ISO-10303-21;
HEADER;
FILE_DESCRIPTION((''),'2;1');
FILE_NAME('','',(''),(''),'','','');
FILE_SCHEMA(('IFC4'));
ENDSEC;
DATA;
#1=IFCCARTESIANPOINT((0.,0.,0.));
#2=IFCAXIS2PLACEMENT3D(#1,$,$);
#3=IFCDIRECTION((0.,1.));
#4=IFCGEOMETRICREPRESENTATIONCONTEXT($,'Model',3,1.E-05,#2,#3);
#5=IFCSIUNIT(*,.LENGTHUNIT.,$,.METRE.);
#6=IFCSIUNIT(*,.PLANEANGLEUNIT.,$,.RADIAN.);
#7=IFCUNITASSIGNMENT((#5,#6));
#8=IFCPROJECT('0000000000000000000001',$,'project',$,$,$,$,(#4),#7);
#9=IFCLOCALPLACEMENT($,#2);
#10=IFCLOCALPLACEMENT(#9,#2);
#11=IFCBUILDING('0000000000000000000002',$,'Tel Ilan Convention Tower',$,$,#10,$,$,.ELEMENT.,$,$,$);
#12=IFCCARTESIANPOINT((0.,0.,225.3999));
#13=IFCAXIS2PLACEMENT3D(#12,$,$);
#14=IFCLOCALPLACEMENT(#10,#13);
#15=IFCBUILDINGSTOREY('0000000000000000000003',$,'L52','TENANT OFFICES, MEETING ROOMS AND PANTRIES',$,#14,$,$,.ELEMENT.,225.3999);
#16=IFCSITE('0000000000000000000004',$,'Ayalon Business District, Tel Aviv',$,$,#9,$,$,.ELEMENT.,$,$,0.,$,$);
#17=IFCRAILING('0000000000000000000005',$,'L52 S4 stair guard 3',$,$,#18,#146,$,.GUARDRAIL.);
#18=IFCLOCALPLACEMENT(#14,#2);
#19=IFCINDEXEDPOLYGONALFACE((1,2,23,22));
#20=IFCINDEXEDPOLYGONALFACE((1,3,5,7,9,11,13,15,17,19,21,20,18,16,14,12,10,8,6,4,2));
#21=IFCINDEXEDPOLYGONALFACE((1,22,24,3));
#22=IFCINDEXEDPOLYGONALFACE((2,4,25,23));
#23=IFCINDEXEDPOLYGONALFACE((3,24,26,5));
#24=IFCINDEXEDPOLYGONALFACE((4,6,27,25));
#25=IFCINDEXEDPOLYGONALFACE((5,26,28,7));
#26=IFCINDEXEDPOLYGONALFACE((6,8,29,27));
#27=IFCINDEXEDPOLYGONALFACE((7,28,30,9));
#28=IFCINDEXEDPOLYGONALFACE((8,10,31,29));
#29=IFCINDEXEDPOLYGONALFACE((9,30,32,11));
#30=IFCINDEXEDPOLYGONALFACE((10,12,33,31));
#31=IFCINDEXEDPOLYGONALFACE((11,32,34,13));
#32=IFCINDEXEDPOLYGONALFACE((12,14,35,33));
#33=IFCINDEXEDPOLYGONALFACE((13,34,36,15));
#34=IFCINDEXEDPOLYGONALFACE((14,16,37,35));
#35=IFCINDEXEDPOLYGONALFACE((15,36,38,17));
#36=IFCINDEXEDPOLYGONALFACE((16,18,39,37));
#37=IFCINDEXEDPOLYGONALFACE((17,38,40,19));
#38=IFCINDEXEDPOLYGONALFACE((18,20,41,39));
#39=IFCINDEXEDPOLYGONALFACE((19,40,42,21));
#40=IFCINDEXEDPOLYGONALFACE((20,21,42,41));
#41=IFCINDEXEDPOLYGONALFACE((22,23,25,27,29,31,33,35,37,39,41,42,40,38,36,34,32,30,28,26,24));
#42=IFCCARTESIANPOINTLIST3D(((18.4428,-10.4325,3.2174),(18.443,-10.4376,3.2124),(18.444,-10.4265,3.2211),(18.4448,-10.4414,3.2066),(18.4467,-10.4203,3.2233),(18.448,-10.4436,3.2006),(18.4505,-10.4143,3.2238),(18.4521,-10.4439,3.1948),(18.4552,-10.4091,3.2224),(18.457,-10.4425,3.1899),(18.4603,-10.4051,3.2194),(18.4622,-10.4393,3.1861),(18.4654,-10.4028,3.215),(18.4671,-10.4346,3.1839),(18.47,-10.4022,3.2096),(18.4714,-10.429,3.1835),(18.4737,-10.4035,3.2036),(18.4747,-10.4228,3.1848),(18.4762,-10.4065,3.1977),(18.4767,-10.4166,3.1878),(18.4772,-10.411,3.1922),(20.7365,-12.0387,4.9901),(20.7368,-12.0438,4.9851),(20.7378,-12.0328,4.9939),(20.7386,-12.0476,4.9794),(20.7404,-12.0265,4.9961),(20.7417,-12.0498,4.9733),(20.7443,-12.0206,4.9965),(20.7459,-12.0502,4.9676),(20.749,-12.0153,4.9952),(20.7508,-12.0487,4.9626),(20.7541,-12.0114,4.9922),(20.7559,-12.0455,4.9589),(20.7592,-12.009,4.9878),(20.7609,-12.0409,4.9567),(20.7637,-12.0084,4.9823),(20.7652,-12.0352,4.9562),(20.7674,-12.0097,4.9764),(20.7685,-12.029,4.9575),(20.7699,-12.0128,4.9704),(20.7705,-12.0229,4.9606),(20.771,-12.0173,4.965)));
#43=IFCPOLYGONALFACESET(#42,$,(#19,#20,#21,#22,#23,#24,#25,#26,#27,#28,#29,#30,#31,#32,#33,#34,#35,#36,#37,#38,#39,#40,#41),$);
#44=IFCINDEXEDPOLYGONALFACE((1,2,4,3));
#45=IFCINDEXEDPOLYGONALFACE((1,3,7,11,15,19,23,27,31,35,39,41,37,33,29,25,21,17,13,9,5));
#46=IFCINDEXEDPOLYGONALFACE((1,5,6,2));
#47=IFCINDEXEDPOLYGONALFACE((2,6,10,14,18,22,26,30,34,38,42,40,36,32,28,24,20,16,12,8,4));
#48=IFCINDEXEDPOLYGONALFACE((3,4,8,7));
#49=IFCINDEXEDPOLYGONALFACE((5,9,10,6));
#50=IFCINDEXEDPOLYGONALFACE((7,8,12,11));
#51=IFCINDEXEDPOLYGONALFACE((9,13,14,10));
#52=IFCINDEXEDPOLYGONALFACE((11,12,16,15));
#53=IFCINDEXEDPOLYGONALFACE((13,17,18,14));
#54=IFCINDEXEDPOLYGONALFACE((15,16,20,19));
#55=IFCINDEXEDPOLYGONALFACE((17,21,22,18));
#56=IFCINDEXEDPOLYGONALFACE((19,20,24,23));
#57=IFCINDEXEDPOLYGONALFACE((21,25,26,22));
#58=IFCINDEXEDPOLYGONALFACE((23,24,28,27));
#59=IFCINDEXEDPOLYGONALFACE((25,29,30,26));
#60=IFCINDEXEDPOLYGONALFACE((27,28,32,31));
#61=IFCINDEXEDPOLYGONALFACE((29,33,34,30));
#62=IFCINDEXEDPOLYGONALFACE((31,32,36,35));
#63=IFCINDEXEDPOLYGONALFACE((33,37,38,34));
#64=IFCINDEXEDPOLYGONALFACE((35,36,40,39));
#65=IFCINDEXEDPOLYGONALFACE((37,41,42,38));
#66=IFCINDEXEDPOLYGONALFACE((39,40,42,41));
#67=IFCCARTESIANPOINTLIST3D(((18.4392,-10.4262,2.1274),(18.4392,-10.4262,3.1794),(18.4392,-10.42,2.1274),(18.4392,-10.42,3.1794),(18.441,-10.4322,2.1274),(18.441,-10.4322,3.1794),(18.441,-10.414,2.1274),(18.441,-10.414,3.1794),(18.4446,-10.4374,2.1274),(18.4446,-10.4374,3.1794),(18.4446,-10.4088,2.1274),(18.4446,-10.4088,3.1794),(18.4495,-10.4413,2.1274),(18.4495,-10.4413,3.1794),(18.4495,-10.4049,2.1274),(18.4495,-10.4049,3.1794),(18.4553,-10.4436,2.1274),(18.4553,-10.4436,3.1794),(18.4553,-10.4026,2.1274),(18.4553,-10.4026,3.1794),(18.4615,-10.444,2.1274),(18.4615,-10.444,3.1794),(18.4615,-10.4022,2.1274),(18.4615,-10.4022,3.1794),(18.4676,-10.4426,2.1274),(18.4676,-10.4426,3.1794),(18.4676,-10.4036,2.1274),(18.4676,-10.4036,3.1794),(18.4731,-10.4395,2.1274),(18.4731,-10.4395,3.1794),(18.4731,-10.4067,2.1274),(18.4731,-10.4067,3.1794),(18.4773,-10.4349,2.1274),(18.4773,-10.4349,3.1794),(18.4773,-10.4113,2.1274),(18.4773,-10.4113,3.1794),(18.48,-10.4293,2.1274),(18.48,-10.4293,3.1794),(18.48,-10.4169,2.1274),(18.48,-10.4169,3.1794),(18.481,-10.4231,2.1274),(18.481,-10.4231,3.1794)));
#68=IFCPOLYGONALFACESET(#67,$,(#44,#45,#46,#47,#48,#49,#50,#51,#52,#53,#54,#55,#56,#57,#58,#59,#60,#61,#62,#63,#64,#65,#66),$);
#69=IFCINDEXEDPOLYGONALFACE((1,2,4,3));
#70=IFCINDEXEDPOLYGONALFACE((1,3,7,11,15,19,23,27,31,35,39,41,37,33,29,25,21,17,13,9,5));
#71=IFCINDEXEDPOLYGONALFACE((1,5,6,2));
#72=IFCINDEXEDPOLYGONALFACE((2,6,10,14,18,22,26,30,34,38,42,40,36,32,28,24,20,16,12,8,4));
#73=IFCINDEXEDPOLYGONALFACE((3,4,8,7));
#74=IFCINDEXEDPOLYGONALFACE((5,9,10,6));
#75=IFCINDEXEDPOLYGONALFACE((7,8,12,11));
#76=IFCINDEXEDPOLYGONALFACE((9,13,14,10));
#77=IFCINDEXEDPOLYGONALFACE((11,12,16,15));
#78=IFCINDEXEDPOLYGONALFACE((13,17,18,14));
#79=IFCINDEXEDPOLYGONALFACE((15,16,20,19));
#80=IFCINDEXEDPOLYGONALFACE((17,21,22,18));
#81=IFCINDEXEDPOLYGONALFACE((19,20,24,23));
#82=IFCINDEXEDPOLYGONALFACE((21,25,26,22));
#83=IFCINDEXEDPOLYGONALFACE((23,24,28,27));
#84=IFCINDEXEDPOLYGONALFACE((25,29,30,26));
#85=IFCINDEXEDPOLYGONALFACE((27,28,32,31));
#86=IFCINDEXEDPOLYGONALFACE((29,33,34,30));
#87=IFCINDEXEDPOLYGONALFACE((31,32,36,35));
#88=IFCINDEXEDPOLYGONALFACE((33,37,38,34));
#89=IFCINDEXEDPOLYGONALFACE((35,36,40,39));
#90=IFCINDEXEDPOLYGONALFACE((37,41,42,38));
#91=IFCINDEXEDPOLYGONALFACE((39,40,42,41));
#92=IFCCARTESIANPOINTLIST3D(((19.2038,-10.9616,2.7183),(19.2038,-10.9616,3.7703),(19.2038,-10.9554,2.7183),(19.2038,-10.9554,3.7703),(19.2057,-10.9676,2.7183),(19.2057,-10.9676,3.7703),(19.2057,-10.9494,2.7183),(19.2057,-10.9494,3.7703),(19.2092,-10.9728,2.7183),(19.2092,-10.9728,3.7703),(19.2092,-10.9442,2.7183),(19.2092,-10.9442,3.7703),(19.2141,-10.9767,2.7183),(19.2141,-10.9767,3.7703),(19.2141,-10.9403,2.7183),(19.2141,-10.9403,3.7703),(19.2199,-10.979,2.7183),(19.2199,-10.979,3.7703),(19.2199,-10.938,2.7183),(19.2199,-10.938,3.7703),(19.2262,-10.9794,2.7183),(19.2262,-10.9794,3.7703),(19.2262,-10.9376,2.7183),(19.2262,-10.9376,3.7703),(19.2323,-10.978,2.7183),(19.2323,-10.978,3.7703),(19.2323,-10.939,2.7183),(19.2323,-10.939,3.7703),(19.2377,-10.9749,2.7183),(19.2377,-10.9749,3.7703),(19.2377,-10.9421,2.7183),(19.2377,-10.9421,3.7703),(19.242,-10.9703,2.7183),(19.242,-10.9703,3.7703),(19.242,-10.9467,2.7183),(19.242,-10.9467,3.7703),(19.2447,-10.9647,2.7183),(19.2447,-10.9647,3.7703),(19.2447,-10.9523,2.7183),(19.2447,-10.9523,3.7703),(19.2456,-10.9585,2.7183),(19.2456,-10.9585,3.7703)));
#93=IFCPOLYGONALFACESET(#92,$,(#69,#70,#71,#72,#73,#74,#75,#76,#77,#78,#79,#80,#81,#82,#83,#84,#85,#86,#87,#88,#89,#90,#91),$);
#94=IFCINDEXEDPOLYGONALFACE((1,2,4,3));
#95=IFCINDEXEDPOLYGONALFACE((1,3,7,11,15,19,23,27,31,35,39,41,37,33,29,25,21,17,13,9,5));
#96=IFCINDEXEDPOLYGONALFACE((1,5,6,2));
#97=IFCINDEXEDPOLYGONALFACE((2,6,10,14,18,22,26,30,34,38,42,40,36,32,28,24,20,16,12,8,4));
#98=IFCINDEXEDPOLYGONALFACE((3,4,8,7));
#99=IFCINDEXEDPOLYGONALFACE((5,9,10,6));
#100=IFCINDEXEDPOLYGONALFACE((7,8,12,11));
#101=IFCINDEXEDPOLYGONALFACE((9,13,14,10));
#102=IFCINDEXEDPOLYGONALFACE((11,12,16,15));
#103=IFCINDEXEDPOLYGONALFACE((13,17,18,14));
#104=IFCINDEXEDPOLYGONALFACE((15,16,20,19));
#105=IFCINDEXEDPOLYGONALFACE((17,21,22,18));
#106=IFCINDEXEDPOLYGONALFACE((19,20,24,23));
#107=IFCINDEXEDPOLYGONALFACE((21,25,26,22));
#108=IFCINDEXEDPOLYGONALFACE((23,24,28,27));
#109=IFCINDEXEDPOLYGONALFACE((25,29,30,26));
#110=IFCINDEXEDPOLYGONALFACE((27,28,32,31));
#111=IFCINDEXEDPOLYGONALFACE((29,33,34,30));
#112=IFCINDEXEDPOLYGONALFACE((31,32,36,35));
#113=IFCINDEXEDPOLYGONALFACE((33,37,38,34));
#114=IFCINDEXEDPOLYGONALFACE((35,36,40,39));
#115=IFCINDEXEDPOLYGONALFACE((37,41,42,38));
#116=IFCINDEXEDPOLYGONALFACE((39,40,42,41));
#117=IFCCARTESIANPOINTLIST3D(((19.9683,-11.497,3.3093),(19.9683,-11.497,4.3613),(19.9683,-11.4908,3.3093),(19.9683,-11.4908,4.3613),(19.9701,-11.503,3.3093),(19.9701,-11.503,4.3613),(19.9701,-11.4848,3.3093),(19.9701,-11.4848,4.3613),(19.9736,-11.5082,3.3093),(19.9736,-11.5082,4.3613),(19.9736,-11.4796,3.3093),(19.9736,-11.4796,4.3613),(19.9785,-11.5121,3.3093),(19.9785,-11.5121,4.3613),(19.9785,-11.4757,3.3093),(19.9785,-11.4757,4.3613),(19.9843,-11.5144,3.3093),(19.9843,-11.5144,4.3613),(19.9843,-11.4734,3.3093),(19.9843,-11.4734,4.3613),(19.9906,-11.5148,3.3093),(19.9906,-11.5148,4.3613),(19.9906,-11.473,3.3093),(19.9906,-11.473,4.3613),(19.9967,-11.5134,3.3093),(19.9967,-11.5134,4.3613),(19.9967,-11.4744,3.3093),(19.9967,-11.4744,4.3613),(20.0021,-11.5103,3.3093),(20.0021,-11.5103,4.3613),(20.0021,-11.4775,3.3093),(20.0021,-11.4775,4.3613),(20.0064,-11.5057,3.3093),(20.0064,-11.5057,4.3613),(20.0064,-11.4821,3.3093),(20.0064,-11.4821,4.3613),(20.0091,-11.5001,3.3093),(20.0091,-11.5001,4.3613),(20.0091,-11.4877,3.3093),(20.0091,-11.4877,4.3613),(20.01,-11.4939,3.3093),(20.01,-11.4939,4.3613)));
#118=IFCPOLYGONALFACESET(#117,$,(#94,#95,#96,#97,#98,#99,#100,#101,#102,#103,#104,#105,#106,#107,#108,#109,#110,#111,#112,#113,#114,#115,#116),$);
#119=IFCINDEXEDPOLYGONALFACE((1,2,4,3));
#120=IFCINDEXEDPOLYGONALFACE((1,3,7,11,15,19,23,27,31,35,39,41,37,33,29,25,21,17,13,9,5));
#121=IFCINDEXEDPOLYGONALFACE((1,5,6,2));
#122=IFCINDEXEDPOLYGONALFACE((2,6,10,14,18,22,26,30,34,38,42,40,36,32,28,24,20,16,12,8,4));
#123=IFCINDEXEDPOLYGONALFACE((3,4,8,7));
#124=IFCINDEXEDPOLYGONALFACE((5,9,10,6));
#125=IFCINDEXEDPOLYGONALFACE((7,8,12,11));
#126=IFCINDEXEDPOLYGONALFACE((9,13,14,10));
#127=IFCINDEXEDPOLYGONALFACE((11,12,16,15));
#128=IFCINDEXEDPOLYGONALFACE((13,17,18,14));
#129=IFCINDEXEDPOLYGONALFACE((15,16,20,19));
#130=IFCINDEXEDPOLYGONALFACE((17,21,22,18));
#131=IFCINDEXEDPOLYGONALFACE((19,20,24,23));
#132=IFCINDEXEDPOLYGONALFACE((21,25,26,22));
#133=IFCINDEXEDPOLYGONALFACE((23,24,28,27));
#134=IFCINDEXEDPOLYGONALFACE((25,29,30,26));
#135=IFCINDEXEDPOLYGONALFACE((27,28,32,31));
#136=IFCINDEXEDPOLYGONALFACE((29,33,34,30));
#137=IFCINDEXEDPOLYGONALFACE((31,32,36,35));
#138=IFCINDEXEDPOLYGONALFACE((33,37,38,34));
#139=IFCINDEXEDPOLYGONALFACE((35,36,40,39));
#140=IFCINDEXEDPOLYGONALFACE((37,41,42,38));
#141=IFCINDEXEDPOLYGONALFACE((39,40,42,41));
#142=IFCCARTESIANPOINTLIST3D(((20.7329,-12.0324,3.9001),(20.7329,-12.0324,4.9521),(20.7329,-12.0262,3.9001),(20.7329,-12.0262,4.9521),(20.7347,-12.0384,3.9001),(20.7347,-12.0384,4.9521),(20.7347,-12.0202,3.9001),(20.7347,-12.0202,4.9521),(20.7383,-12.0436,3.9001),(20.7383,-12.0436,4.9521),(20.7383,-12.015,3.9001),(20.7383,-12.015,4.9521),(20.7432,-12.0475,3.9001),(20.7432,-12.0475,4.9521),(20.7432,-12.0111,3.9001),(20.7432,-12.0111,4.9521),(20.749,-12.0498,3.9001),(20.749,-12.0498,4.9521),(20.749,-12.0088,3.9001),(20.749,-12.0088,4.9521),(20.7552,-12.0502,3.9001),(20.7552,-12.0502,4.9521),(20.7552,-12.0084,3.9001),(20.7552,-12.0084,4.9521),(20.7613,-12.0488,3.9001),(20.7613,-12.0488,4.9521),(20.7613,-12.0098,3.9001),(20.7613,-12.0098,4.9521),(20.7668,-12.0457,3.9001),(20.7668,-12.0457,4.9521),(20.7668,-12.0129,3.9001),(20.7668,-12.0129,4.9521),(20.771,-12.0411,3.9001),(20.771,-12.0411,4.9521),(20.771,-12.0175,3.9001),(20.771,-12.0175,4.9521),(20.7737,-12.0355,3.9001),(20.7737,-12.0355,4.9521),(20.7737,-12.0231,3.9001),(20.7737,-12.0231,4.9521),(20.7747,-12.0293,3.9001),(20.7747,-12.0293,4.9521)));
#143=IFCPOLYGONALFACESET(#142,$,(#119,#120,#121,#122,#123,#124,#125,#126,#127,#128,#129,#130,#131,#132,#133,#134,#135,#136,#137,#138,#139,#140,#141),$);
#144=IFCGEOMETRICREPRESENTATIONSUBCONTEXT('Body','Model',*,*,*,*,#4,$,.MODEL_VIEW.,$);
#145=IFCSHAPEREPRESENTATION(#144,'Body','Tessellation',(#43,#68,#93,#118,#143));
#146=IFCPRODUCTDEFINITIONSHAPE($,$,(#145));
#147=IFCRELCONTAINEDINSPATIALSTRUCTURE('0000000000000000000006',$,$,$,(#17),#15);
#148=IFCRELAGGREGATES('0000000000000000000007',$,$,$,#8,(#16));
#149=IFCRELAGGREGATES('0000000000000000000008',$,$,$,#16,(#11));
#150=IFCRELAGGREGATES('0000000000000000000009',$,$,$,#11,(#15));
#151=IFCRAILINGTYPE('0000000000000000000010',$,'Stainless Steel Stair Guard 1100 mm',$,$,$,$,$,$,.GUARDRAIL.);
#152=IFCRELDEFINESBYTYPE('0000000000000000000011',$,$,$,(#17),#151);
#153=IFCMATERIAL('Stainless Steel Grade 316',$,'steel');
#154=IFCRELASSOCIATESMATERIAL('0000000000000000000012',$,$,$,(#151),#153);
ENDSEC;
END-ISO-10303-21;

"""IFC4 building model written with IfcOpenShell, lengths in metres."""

from ifc_helpers import new_model, si_unit, direction, frame, origin, origin_2d, place, context, subcontext, project, spatial, circle, extrude, material, type_object, element, save


model = new_model("IFC4")

# Units and contexts
model_context = context("Model", 3, precision=1e-05, world=origin(), true_north=direction((0.0, 1.0)))
body_context = subcontext(model_context, "Body", "Model", "MODEL_VIEW")
ifc_project = project(units=[si_unit("LENGTHUNIT", "METRE"), si_unit("PLANEANGLEUNIT", "RADIAN")], contexts=[model_context])

# Site, building, storey
site_placement = place(None, origin())
site = spatial("IfcSite", under=ifc_project, at=site_placement, Name="Ayalon Business District, Tel Aviv", CompositionType="ELEMENT", RefElevation=0.0)
building_placement = place(site_placement, origin())
building = spatial("IfcBuilding", under=site, at=building_placement, Name="Tel Ilan Convention Tower", CompositionType="ELEMENT")
storey_placement = place(building_placement, frame((0.0, 0.0, 225.3999)))
storey = spatial("IfcBuildingStorey", under=building, at=storey_placement, Name="L52", Description="TENANT OFFICES, MEETING ROOMS AND PANTRIES", CompositionType="ELEMENT", Elevation=225.3999)

# Railing
ifc_material_1 = material(Name="Stainless Steel Grade 316", Category="steel")
railing_type_1 = type_object("IfcRailingType", Name="Stainless Steel Stair Guard 1100 mm", PredefinedType="GUARDRAIL", material=ifc_material_1)
railing_1_placement = place(storey_placement, frame((18.46, -10.4231, 2.1274)))
element("IfcRailing", 1, at=railing_1_placement, inside=storey, type_object=railing_type_1, Name="L52 S4 stair guard 3", PredefinedType="GUARDRAIL", context=body_context, shape_type="SweptSolid", body=[
    extrude(circle(Radius=0.0239, at=origin_2d()), frame((0.0, 0.0, 1.0762), z_axis=(0.692098, -0.484653, 0.534894), x_axis=(0.573609, 0.81913, 0.0)), (0.0, 0.0, 1.0), 3.3142),
    extrude(circle(Radius=0.021, at=origin_2d()), origin(), (0.0, 0.0, 1.0), 1.052),
    extrude(circle(Radius=0.021, at=origin_2d()), frame((0.7646, -0.5354, 0.5908)), (0.0, 0.0, 1.0), 1.052),
    extrude(circle(Radius=0.021, at=origin_2d()), frame((1.5291, -1.0708, 1.1819)), (0.0, 0.0, 1.0), 1.052),
    extrude(circle(Radius=0.021, at=origin_2d()), frame((2.2937, -1.6062, 1.7727)), (0.0, 0.0, 1.0), 1.052),
])

save(model, "model.ifc")
